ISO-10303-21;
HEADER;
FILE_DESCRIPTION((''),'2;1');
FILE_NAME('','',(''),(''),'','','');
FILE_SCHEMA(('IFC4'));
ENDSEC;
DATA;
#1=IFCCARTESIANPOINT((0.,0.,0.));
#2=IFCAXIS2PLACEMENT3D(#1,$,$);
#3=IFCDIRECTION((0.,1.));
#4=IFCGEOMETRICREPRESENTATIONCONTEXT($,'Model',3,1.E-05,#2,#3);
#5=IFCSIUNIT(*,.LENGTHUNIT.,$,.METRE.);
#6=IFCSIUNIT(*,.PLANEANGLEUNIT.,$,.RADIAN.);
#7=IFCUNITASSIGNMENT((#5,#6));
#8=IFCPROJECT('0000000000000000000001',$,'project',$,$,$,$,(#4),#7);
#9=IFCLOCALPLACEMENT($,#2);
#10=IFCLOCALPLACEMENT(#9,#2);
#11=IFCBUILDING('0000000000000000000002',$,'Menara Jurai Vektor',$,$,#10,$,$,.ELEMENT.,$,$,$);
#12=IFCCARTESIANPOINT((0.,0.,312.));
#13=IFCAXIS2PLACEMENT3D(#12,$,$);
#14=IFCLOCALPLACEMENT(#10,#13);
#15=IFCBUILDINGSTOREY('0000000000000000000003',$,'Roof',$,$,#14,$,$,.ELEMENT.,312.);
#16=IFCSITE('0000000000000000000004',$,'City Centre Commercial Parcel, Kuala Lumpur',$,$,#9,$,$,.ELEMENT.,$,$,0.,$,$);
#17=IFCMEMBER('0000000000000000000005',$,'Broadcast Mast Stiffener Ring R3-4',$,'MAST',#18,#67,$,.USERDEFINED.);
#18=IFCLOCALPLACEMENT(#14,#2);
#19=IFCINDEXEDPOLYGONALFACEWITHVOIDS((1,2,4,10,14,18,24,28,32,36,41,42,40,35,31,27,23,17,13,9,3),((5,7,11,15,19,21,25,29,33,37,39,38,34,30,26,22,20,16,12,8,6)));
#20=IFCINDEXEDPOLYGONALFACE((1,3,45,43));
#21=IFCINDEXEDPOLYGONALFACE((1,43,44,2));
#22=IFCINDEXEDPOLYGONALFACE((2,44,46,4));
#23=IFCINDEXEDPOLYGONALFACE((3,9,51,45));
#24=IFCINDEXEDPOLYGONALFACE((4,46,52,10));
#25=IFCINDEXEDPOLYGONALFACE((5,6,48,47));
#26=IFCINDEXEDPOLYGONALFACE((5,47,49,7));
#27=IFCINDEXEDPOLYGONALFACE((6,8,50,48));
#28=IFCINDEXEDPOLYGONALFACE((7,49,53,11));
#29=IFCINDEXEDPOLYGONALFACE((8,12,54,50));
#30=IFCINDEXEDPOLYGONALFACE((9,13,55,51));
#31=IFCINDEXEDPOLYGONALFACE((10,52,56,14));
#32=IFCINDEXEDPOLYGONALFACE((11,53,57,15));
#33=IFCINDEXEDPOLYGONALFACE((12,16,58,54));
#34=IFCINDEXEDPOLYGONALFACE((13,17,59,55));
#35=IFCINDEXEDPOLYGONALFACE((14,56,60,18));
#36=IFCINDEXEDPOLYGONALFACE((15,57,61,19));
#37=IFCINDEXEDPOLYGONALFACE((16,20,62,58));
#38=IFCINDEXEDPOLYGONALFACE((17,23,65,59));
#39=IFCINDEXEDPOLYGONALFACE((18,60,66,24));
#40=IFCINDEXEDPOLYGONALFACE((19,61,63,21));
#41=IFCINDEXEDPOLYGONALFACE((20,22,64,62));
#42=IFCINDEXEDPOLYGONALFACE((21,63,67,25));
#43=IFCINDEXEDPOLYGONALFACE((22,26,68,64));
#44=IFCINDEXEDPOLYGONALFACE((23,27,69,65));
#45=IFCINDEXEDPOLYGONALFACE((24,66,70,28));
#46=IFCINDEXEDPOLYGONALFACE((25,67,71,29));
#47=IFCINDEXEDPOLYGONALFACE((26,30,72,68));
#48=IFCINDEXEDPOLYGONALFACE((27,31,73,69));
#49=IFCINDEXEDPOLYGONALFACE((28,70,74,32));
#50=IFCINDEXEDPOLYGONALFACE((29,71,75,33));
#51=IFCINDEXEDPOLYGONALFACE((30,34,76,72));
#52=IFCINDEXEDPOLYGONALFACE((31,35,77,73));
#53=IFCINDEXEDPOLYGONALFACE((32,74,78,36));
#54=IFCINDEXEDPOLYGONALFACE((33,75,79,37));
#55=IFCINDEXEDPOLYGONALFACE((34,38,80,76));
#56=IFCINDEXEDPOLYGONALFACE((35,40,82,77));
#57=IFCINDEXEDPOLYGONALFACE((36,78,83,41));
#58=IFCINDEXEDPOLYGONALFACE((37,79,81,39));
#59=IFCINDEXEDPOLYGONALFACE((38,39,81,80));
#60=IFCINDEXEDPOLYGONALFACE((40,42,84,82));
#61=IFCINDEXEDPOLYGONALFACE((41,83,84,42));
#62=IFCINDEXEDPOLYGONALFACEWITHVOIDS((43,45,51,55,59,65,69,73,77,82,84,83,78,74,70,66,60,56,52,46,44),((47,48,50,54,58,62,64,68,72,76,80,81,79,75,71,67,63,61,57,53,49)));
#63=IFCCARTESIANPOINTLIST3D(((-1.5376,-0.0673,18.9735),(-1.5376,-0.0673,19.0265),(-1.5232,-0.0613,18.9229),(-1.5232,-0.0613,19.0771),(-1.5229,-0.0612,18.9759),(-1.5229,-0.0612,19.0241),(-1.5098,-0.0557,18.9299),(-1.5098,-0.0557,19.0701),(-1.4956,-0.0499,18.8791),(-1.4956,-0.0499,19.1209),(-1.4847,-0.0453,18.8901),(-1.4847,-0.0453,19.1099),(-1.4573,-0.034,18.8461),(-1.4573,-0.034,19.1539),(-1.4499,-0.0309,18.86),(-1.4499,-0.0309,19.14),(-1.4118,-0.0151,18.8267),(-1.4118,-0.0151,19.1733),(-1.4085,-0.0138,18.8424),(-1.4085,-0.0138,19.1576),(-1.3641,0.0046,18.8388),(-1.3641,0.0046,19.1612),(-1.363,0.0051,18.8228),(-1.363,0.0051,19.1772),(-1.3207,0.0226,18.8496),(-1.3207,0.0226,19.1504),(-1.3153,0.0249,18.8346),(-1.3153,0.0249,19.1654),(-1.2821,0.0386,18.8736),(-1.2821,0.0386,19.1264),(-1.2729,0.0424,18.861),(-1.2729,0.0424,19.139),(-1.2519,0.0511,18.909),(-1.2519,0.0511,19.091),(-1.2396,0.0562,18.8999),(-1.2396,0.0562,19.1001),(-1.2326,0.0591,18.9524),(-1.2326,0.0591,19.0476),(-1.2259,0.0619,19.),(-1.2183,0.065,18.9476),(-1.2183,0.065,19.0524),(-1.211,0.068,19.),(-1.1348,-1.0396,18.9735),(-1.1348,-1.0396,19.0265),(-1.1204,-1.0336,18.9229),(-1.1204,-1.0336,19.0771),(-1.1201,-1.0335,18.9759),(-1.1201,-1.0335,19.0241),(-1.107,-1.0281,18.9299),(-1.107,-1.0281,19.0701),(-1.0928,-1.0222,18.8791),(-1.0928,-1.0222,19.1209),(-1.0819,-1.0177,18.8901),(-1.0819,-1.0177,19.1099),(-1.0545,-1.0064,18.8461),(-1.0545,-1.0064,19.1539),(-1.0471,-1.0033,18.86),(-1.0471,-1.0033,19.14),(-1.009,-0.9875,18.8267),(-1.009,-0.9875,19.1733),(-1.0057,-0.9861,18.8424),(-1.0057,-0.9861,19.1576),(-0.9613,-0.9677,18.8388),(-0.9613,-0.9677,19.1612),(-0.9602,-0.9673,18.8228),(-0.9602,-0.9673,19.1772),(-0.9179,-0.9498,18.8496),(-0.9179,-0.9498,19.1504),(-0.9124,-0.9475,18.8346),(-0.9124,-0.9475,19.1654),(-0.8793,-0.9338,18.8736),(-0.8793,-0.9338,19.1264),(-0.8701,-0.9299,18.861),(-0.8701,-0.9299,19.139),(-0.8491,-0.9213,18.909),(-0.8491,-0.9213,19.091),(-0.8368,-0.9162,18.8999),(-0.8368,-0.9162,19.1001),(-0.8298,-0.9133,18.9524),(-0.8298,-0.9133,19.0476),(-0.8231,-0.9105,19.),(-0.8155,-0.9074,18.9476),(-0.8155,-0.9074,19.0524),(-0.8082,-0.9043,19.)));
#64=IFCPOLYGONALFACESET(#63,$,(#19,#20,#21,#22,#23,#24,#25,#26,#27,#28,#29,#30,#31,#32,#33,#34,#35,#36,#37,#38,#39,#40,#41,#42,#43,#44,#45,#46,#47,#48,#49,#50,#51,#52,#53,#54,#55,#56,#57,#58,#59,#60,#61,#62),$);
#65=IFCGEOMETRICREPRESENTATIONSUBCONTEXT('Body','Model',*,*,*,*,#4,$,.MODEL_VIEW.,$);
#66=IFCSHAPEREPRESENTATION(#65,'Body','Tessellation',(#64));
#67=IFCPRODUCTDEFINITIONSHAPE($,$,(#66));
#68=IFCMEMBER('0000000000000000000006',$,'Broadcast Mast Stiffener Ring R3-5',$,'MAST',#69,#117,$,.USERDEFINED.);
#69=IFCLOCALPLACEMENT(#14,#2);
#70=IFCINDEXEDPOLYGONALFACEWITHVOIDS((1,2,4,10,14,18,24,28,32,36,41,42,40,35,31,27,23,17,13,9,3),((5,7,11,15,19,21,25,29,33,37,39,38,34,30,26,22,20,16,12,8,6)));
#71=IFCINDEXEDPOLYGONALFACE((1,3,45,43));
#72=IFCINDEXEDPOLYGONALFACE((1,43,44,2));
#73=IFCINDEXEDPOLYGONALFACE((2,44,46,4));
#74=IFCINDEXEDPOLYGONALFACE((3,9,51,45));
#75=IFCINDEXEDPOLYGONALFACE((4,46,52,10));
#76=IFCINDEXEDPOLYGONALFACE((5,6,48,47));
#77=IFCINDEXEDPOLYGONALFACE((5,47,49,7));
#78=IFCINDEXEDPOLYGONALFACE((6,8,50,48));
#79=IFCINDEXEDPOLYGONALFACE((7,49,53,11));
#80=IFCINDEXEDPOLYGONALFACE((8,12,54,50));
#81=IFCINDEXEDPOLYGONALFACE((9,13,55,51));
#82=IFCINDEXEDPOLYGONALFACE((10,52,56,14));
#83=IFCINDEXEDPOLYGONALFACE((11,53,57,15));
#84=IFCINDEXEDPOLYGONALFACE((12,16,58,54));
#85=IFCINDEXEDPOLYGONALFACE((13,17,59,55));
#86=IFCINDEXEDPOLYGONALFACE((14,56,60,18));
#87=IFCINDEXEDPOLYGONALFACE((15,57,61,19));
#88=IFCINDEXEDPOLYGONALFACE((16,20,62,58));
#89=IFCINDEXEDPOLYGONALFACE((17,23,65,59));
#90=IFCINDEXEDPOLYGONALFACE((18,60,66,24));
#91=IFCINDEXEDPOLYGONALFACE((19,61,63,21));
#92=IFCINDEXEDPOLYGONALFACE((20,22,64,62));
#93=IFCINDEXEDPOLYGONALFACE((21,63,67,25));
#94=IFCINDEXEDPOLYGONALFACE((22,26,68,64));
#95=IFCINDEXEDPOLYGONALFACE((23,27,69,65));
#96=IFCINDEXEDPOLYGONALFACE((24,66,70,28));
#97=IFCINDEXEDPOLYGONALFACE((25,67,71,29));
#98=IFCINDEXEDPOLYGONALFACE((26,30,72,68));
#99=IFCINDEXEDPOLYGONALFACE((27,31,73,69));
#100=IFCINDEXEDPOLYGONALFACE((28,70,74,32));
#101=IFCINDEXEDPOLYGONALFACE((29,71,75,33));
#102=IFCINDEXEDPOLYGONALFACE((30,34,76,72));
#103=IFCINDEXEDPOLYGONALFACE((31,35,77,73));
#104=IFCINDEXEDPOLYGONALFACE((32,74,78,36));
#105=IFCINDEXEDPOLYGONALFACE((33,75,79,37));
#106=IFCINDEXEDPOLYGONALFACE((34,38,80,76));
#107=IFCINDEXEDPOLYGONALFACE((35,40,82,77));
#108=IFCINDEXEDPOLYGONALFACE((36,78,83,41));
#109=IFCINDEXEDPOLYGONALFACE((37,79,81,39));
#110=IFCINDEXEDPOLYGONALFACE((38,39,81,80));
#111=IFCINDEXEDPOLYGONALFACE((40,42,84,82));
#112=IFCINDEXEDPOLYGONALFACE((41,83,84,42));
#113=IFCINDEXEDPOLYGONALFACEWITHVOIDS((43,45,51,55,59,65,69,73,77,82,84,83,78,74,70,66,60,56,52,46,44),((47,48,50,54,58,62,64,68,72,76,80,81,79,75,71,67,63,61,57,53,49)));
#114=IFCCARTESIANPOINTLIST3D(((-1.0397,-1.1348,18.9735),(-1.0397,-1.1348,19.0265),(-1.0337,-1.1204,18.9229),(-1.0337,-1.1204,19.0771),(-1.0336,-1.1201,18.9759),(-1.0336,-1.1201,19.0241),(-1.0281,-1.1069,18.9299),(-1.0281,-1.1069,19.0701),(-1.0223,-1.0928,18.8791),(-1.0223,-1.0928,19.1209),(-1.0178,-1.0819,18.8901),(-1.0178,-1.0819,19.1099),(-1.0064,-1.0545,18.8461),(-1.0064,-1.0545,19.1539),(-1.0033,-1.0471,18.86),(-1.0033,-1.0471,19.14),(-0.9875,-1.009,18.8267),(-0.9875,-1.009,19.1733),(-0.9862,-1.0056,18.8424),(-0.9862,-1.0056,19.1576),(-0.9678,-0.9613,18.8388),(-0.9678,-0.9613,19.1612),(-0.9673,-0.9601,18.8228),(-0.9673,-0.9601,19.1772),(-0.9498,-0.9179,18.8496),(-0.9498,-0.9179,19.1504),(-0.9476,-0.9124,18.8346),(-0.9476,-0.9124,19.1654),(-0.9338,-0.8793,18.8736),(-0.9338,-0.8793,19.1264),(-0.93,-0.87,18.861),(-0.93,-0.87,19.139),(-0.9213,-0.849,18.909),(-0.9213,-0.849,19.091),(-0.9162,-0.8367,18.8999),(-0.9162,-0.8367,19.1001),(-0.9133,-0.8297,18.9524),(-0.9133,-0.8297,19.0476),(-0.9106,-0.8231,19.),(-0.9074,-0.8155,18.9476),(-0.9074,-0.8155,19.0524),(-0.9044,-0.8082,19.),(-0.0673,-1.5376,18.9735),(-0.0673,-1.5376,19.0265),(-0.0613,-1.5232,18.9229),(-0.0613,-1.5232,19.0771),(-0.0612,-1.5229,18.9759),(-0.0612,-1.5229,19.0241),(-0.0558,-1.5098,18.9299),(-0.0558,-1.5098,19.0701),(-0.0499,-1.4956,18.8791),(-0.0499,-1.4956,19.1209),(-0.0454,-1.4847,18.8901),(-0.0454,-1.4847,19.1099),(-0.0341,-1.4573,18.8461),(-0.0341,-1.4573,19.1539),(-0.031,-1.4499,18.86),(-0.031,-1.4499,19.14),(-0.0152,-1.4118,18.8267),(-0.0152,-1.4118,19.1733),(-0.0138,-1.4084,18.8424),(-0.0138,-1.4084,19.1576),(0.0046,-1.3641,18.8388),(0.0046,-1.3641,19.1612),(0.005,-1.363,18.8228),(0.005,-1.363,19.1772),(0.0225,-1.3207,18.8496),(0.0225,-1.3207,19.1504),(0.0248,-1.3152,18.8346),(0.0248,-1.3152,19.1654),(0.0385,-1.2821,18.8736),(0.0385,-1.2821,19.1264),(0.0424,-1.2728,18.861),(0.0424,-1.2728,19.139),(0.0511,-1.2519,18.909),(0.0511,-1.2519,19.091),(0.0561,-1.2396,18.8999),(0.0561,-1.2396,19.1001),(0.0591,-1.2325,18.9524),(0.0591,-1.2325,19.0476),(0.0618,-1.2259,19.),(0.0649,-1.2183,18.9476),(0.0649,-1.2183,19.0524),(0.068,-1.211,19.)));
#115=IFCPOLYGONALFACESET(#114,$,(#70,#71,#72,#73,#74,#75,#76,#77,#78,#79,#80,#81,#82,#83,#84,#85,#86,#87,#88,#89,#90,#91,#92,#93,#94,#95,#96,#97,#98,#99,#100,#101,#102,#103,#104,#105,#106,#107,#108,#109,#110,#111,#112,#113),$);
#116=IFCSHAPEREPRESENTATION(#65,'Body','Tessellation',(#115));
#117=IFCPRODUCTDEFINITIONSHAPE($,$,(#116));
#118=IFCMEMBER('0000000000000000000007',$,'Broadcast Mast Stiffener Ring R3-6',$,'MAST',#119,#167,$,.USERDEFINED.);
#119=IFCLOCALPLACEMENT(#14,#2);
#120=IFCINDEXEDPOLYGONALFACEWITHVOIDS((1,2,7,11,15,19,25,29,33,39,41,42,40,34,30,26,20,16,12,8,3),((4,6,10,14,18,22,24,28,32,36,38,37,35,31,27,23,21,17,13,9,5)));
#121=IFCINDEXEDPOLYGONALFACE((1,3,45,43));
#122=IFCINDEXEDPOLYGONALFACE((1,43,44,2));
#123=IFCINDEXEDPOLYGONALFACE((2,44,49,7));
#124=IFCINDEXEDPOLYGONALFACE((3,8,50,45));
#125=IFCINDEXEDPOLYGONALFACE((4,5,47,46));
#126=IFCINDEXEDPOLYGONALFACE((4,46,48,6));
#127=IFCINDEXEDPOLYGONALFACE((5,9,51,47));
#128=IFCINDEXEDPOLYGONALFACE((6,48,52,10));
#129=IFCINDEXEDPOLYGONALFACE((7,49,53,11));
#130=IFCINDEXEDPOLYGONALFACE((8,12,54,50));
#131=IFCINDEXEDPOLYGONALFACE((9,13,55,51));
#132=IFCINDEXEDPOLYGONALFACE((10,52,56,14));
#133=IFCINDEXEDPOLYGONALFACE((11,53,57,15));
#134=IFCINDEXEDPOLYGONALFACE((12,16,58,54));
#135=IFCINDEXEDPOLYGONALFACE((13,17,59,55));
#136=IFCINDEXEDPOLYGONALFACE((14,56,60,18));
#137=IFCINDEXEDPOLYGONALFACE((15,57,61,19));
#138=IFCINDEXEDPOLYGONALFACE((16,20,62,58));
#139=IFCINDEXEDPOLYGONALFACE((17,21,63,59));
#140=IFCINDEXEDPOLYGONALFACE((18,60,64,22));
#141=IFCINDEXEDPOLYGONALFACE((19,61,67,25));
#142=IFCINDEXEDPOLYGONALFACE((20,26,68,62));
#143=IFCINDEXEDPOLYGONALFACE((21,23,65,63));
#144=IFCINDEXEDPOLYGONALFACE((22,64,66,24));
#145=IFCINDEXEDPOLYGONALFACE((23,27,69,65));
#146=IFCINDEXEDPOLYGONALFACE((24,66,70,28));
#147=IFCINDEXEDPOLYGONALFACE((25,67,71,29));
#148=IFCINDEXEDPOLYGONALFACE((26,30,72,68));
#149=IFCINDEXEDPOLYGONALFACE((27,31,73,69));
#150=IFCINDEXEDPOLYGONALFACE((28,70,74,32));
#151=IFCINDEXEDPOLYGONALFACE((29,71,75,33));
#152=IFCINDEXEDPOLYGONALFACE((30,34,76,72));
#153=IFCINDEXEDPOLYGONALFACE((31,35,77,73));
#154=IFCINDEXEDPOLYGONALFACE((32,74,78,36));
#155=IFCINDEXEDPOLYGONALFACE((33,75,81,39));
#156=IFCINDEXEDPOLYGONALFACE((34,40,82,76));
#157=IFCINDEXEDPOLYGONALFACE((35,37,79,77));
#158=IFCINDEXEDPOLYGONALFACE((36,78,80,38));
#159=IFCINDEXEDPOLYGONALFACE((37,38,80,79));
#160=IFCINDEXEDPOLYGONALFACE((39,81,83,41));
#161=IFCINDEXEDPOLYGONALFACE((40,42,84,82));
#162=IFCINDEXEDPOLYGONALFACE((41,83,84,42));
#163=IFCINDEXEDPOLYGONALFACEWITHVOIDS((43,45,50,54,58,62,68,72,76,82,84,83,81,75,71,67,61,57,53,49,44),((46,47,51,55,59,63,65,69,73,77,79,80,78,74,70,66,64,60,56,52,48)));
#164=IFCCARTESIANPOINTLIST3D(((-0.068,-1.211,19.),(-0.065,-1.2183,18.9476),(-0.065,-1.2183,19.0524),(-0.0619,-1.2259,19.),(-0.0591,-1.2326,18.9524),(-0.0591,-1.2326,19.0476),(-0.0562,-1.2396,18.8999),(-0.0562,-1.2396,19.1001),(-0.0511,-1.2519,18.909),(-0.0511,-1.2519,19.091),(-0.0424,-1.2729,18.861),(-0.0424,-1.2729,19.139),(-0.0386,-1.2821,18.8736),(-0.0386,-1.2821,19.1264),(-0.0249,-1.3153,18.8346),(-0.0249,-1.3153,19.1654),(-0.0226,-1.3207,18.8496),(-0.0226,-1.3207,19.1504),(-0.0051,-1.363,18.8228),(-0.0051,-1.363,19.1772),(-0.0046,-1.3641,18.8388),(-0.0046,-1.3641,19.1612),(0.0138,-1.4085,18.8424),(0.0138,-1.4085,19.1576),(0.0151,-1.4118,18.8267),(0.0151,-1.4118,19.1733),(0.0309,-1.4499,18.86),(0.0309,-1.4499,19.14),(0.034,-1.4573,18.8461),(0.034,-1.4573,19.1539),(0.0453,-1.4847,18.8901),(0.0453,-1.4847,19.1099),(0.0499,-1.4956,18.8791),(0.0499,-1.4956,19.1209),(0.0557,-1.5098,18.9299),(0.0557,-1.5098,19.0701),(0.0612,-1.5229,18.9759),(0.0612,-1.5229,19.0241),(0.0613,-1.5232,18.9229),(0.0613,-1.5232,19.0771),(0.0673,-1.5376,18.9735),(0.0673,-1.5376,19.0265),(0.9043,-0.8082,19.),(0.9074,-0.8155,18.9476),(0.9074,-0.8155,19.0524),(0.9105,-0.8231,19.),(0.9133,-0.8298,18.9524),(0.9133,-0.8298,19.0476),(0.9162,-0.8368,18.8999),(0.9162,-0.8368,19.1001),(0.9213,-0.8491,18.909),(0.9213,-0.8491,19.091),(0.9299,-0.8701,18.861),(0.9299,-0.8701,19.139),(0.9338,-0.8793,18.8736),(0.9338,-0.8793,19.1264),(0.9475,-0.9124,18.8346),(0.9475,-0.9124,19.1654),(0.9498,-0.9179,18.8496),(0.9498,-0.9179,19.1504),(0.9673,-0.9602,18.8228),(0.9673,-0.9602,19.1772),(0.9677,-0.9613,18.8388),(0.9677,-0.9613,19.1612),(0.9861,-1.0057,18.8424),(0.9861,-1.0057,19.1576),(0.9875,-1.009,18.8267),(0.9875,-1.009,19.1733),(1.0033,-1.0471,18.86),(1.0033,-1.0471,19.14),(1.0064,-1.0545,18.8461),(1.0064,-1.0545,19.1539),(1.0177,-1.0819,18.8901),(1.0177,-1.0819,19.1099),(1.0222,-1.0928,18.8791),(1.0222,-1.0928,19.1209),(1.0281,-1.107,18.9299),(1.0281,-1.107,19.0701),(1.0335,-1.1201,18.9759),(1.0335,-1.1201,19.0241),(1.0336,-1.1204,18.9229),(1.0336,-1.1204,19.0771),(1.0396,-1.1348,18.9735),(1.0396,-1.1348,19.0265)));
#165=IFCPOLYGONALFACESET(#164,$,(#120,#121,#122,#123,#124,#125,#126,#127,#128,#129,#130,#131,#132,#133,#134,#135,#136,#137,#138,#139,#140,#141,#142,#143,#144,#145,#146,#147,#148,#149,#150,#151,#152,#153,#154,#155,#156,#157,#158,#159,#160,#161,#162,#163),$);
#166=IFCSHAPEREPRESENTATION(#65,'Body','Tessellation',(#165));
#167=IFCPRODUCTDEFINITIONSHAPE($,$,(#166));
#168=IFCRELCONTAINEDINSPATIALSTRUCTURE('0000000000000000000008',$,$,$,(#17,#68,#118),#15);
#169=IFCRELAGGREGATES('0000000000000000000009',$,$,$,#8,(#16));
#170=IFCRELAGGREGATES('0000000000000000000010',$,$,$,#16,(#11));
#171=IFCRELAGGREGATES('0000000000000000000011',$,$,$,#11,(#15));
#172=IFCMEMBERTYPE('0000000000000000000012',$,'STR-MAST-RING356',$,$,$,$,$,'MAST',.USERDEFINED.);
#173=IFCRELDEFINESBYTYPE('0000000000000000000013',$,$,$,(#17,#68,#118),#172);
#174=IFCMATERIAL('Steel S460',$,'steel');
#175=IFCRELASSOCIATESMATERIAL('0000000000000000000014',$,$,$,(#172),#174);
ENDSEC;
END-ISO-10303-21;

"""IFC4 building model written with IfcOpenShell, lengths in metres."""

from ifc_helpers import new_model, si_unit, direction, frame, origin, origin_2d, place, context, subcontext, project, spatial, hollow_circle, extrude, material, material_profile, profile_set, type_object, element, save


model = new_model("IFC4")

# Units and contexts
model_context = context("Model", 3, precision=1e-05, world=origin(), true_north=direction((0.0, 1.0)))
body_context = subcontext(model_context, "Body", "Model", "MODEL_VIEW")
ifc_project = project(units=[si_unit("LENGTHUNIT", "METRE"), si_unit("PLANEANGLEUNIT", "RADIAN")], contexts=[model_context])

# Site, building, storey
site_placement = place(None, origin())
site = spatial("IfcSite", under=ifc_project, at=site_placement, Name="City Centre Commercial Parcel, Kuala Lumpur", CompositionType="ELEMENT", RefElevation=0.0)
building_placement = place(site_placement, origin())
building = spatial("IfcBuilding", under=site, at=building_placement, Name="Menara Jurai Vektor", CompositionType="ELEMENT")
storey_placement = place(building_placement, frame((0.0, 0.0, 312.0)))
storey = spatial("IfcBuildingStorey", under=building, at=storey_placement, Name="Roof", CompositionType="ELEMENT", Elevation=312.0)

# Members
ifc_material = material(Name="Steel S460", Category="steel")
ifc_material_profile_1 = material_profile(ifc_material, hollow_circle(Radius=0.1777, WallThickness=0.0161, at=origin_2d()), Name="CHS 355.6x16")
ifc_profile_set_1 = profile_set([ifc_material_profile_1], Name="Steel S460")
member_type_1 = type_object("IfcMemberType", Name="STR-MAST-RING356", ElementType="MAST", PredefinedType="USERDEFINED", material=ifc_profile_set_1)
for number, where, z_axis, x_axis, name in (
    (1, (-1.3752, 0.0, 19.0), (0.382721, -0.923864, 0.0), (0.923864, 0.382721, 0.0), "Broadcast Mast Stiffener Ring R3-4"),
    (2, (-0.9724, -0.9724, 19.0), (0.923864, -0.382721, 0.0), (0.382721, 0.923864, 0.0), "Broadcast Mast Stiffener Ring R3-5"),
    (3, (0.0, -1.3752, 19.0), (0.923864, 0.382721, 0.0), (-0.382721, 0.923864, 0.0), "Broadcast Mast Stiffener Ring R3-6"),
):
    element("IfcMember", number, at=place(storey_placement, frame(where, z_axis=z_axis, x_axis=x_axis)), inside=storey, type_object=member_type_1, Name=name, ObjectType="MAST", PredefinedType="USERDEFINED", context=body_context, shape_type="SweptSolid", body=[
        extrude(hollow_circle(Radius=0.1777, WallThickness=0.0161, at=origin_2d()), origin(), (0.0, 0.0, 1.0), 1.0525),
    ])

save(model, "model.ifc")
